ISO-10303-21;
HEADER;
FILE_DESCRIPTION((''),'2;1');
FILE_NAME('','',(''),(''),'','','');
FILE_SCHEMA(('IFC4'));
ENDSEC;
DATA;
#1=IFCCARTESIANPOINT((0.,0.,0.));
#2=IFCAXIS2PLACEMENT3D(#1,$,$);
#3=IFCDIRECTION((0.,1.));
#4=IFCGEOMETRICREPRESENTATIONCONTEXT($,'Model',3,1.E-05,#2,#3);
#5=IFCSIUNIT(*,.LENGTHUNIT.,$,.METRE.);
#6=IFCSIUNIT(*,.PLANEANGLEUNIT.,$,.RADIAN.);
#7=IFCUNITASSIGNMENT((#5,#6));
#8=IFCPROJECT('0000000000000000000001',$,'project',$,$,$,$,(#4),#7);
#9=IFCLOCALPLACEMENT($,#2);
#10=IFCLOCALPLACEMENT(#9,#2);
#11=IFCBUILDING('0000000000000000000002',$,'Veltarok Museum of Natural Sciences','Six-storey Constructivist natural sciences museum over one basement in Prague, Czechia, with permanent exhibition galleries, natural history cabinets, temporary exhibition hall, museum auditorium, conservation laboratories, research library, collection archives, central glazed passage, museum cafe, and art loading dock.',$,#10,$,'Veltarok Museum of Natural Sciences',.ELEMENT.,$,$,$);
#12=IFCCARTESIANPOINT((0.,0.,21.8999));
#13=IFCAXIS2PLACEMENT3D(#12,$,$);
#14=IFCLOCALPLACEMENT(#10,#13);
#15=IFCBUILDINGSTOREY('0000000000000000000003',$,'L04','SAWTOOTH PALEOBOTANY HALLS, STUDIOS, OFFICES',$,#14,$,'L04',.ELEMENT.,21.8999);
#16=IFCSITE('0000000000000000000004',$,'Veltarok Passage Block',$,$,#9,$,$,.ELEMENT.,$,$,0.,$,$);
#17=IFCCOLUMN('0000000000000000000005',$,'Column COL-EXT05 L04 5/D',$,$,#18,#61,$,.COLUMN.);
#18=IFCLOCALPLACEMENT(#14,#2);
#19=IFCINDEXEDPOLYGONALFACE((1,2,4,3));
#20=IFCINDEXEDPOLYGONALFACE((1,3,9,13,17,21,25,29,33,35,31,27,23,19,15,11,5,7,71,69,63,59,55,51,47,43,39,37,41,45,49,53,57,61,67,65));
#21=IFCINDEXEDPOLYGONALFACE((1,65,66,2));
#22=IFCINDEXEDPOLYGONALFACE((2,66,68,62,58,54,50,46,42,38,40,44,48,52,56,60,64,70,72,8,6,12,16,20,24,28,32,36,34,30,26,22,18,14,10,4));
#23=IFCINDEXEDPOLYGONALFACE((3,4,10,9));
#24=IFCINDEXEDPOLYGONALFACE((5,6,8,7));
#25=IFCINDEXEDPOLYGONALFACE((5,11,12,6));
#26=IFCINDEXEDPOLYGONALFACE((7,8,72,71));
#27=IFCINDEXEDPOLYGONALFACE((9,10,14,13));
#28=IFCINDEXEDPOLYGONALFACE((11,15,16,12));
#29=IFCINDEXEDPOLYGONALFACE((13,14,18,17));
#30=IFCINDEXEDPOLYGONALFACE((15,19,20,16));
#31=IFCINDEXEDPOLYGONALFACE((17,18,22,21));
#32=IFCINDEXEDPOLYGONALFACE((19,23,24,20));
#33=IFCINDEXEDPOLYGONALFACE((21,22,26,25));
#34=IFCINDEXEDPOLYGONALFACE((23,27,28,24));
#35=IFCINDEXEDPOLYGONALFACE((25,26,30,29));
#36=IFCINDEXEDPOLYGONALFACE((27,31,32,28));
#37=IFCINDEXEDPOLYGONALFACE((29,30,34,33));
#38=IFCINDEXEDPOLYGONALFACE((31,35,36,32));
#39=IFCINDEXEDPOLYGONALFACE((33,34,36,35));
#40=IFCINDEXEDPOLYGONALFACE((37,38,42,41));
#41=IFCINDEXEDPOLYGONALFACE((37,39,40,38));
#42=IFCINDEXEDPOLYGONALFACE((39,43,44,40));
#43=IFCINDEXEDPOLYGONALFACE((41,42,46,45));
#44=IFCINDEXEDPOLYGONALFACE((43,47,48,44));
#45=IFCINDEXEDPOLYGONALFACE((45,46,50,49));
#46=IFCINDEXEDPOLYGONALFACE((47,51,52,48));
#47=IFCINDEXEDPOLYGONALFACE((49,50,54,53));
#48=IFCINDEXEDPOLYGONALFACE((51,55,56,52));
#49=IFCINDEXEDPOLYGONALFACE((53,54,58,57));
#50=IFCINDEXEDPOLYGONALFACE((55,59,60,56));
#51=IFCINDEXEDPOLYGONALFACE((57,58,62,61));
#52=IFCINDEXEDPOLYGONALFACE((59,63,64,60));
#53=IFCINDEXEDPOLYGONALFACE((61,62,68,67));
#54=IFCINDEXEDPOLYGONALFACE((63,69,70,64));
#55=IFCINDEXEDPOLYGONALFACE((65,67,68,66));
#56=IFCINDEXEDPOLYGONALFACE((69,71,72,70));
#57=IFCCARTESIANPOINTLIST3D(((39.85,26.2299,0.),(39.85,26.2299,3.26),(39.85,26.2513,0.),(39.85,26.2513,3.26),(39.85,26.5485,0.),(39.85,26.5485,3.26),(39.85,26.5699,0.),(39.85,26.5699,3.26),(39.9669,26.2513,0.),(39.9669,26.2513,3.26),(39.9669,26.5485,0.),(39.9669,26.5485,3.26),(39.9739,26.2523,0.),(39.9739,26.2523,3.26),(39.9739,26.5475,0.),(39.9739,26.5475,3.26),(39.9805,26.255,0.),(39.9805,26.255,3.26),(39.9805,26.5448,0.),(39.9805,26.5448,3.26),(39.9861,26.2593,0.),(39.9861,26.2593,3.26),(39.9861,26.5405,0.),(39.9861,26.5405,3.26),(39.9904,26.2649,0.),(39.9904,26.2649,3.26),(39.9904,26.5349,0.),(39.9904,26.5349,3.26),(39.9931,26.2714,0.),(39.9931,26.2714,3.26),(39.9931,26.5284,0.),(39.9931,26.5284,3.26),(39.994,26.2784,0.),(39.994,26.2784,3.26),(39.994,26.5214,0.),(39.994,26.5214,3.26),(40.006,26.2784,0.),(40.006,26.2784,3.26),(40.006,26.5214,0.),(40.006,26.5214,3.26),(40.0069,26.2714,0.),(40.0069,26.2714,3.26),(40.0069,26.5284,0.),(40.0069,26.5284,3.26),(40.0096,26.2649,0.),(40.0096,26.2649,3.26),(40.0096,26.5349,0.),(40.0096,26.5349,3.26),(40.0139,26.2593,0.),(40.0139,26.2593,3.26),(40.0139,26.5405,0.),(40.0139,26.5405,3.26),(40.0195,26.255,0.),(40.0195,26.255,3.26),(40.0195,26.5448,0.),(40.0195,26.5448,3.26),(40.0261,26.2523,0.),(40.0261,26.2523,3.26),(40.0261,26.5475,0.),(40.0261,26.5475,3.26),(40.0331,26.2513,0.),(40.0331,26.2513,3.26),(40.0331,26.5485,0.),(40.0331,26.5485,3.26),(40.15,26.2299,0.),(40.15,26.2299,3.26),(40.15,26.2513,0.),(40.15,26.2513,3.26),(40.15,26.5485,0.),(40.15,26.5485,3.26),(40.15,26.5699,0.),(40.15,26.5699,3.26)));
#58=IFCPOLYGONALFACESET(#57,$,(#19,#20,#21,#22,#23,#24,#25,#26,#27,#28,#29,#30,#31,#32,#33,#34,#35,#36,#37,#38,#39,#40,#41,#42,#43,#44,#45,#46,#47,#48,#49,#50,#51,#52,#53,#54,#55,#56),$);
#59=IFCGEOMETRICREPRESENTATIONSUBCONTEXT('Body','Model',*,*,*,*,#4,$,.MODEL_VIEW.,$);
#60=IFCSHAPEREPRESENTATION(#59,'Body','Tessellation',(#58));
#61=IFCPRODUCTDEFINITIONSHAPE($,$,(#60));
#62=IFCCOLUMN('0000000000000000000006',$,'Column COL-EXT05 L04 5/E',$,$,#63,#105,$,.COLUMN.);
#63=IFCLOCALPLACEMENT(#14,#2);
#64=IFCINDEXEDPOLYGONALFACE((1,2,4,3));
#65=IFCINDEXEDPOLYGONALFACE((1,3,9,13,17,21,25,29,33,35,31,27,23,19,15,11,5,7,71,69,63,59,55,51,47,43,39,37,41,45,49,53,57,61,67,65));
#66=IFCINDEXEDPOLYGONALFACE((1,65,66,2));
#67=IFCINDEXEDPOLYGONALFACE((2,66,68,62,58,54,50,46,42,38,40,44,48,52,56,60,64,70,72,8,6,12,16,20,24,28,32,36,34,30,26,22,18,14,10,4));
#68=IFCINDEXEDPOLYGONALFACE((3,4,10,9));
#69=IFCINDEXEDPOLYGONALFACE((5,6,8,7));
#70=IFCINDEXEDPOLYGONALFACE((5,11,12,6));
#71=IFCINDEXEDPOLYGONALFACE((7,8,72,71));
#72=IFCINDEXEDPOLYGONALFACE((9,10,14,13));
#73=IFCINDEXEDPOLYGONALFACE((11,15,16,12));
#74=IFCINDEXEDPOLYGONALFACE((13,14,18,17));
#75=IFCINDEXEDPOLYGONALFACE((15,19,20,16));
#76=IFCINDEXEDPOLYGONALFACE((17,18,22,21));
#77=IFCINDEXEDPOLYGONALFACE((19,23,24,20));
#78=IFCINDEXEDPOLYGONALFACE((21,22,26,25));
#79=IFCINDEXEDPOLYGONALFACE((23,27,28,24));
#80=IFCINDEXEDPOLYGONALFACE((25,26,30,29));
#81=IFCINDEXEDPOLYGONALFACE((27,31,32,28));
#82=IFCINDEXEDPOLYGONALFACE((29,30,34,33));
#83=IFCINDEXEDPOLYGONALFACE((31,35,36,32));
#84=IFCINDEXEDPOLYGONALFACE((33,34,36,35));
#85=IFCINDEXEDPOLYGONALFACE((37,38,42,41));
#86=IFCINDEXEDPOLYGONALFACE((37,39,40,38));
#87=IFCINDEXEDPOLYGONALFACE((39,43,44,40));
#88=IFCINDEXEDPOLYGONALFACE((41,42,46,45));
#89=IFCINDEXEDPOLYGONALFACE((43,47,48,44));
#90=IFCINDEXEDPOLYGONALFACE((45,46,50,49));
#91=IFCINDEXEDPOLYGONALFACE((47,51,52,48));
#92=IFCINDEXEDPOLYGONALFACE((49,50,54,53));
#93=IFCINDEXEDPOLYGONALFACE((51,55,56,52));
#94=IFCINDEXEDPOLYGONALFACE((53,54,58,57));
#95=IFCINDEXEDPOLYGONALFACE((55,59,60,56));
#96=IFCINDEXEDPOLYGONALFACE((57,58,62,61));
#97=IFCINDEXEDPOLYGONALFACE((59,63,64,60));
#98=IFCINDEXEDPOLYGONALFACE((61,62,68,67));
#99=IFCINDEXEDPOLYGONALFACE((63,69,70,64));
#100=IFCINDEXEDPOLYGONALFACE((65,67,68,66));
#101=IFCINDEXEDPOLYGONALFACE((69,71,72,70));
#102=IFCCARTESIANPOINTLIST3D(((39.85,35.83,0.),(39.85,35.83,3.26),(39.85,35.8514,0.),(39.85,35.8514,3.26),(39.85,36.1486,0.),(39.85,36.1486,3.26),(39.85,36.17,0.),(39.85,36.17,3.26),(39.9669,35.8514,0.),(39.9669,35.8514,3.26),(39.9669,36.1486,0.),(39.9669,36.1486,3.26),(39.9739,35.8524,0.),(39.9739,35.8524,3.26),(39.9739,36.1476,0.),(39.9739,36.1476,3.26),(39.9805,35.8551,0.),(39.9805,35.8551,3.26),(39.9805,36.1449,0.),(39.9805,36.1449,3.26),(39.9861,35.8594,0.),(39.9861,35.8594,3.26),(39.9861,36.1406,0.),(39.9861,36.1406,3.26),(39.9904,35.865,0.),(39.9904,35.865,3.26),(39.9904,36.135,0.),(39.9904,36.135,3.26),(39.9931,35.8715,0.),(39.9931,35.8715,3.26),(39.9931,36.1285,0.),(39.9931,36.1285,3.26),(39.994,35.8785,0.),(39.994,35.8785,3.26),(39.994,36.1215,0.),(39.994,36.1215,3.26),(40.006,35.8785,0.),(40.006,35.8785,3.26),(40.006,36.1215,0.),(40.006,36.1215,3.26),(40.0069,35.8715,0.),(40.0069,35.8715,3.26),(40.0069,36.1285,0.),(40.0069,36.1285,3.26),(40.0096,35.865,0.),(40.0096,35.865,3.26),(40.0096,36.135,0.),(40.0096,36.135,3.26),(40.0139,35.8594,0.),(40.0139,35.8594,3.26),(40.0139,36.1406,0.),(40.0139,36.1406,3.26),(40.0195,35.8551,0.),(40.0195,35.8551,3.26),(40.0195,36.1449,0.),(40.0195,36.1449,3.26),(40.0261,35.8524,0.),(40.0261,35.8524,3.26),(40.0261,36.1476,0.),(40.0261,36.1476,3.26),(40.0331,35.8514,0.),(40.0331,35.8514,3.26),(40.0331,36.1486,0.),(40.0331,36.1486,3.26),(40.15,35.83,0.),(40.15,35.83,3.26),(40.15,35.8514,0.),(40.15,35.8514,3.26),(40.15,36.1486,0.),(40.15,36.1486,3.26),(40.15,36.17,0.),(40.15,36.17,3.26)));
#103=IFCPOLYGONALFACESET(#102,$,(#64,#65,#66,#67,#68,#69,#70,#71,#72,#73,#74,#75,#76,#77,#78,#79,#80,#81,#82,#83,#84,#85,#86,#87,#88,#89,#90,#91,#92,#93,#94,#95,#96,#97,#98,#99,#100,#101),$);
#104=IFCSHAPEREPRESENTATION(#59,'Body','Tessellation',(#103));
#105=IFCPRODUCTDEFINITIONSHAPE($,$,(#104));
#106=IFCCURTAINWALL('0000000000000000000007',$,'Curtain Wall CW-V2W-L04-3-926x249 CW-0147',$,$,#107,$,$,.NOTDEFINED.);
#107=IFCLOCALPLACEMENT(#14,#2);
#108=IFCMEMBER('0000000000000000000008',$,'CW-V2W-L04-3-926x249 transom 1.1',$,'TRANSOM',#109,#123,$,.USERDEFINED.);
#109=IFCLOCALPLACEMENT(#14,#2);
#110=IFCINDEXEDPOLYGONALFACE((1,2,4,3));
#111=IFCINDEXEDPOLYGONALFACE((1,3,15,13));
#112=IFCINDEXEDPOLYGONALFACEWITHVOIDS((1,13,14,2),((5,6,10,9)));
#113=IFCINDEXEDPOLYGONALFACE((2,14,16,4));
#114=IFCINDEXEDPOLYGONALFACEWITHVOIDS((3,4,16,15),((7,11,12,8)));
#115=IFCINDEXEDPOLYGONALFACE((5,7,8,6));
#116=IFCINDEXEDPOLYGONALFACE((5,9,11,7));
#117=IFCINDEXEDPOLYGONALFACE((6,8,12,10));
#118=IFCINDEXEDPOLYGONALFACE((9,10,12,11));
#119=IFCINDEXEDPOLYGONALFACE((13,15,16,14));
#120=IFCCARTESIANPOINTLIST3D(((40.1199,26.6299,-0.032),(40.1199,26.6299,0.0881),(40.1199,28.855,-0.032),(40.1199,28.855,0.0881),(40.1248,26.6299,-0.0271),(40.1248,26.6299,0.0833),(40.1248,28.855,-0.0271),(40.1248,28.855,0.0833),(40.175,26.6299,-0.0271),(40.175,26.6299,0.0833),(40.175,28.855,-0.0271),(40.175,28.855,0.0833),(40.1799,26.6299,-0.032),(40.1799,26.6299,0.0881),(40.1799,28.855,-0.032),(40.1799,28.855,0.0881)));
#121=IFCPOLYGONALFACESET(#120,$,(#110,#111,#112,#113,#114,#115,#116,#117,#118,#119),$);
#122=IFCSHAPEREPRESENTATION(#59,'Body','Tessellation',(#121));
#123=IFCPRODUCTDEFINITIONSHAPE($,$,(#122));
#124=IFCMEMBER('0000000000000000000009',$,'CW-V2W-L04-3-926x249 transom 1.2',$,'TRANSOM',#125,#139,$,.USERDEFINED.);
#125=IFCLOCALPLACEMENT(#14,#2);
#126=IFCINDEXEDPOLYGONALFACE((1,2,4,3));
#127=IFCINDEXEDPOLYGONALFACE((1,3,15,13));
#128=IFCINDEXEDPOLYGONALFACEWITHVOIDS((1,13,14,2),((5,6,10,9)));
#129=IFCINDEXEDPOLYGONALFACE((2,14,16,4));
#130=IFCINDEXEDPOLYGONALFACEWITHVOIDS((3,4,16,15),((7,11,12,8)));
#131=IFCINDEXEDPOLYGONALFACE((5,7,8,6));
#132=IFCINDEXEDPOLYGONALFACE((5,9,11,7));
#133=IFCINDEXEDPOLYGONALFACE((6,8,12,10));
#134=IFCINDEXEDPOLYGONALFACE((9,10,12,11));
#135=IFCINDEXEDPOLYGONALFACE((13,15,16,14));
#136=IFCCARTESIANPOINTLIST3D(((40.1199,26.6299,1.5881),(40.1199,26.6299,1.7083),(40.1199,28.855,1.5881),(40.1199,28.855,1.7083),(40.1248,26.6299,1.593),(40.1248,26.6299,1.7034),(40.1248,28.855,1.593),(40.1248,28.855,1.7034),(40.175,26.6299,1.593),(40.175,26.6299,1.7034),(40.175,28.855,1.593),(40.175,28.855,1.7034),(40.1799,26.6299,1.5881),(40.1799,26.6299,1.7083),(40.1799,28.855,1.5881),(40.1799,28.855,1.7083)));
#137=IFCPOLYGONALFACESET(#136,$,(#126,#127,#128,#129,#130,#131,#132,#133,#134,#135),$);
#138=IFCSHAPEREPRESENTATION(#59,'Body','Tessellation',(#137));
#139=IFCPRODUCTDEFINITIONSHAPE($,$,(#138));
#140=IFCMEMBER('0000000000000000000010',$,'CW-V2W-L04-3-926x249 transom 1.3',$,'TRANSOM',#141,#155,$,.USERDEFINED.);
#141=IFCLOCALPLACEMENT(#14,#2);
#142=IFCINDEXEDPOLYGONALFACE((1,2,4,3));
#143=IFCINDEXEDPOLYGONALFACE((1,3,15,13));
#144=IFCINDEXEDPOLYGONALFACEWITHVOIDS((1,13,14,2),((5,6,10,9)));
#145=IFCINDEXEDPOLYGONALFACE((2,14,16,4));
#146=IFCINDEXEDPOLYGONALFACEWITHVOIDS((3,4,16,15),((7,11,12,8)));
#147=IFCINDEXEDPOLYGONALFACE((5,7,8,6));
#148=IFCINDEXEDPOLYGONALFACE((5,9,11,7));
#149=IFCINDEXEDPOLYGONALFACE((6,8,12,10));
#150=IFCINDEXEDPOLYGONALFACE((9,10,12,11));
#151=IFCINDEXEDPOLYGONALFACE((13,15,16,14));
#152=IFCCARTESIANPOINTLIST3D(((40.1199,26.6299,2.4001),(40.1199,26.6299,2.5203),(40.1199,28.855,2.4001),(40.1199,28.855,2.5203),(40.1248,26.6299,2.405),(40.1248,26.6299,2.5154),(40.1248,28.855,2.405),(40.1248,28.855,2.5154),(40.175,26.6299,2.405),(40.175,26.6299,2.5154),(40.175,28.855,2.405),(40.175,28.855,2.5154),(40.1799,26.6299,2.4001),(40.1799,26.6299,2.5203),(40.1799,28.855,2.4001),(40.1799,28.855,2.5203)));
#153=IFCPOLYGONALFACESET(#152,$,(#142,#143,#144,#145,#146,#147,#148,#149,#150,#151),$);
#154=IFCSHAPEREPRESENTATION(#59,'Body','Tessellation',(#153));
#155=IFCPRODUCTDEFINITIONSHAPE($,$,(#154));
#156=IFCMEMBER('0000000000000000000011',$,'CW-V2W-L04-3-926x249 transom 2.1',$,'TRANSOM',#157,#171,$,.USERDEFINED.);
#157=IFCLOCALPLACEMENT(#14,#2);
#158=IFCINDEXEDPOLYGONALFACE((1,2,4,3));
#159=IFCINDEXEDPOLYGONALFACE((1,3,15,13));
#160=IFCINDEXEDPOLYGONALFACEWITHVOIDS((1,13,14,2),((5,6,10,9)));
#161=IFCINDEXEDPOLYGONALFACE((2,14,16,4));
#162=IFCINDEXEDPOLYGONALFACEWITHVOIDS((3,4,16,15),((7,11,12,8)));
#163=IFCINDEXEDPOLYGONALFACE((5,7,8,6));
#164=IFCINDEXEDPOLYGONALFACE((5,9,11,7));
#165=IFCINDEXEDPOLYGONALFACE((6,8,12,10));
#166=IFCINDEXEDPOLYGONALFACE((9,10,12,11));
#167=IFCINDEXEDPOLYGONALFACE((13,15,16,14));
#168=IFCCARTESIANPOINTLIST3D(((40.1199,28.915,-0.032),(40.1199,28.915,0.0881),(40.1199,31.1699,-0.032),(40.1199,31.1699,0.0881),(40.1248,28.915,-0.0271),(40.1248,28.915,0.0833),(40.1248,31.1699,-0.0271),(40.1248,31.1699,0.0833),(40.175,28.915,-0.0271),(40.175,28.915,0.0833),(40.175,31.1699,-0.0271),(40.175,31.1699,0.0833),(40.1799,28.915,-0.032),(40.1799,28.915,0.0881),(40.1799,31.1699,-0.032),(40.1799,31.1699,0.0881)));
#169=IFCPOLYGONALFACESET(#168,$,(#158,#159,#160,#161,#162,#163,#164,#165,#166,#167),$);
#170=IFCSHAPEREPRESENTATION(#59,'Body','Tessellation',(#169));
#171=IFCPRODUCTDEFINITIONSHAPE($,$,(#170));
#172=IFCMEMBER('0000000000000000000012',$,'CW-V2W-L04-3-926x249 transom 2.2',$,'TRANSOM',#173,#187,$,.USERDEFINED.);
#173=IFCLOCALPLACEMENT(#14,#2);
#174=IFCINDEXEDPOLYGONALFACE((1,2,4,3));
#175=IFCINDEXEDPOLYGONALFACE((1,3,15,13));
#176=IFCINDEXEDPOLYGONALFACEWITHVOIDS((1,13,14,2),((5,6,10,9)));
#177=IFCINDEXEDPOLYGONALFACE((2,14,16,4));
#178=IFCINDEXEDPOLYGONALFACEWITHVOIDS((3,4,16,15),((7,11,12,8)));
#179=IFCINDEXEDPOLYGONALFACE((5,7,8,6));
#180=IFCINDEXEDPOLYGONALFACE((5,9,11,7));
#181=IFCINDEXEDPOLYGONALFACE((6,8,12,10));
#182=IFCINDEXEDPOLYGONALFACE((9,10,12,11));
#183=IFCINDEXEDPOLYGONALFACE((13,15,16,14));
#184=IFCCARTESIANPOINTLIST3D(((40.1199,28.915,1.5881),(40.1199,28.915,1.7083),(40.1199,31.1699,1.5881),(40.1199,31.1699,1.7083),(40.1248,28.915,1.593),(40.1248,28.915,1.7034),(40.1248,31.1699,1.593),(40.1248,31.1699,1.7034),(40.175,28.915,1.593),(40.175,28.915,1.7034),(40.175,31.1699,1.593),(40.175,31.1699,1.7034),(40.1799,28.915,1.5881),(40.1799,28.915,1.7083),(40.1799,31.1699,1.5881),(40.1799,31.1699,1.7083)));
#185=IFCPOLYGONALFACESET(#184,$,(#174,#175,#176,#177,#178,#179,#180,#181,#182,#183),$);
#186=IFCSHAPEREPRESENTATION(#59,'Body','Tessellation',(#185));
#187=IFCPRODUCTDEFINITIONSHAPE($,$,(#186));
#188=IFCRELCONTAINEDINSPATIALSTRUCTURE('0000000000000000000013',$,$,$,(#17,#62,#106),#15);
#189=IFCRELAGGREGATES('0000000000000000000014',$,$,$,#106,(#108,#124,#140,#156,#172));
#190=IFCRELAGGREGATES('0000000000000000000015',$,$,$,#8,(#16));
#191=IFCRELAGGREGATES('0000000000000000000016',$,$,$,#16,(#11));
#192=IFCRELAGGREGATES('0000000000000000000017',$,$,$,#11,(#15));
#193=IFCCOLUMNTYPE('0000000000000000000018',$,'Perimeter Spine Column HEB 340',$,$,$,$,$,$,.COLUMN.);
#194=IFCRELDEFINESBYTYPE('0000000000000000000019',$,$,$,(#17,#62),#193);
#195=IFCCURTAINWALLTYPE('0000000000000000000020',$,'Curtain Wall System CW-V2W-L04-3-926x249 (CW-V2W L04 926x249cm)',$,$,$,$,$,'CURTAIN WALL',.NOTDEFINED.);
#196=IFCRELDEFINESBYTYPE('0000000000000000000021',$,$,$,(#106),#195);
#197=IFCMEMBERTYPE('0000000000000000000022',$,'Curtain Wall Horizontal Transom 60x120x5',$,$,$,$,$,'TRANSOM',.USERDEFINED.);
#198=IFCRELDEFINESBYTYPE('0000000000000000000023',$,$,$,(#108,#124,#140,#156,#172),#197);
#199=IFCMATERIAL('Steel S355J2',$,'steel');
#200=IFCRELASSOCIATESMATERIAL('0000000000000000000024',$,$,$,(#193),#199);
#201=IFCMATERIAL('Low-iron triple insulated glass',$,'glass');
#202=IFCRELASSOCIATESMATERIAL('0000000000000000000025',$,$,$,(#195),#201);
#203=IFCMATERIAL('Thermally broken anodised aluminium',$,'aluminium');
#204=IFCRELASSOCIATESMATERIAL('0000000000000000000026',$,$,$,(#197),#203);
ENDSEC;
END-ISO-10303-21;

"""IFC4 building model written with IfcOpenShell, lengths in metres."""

from ifc_helpers import new_model, si_unit, direction, frame, origin, origin_2d, place, context, subcontext, project, spatial, hollow_rectangle, i_section, extrude, material, material_profile, profile_set, type_object, element, aggregate, save


model = new_model("IFC4")

# Units and contexts
model_context = context("Model", 3, precision=1e-05, world=origin(), true_north=direction((0.0, 1.0)))
body_context = subcontext(model_context, "Body", "Model", "MODEL_VIEW")
ifc_project = project(units=[si_unit("LENGTHUNIT", "METRE"), si_unit("PLANEANGLEUNIT", "RADIAN")], contexts=[model_context])

# Site, building, storey
site_placement = place(None, origin())
site = spatial("IfcSite", under=ifc_project, at=site_placement, Name="Veltarok Passage Block", CompositionType="ELEMENT", RefElevation=0.0)
building_placement = place(site_placement, origin())
building = spatial("IfcBuilding", under=site, at=building_placement, Name="Veltarok Museum of Natural Sciences", Description="Six-storey Constructivist natural sciences museum over one basement in Prague, Czechia, with permanent exhibition galleries, natural history cabinets, temporary exhibition hall, museum auditorium, conservation laboratories, research library, collection archives, central glazed passage, museum cafe, and art loading dock.", LongName="Veltarok Museum of Natural Sciences", CompositionType="ELEMENT")
storey_placement = place(building_placement, frame((0.0, 0.0, 21.8999)))
storey = spatial("IfcBuildingStorey", under=building, at=storey_placement, Name="L04", Description="SAWTOOTH PALEOBOTANY HALLS, STUDIOS, OFFICES", LongName="L04", CompositionType="ELEMENT", Elevation=21.8999)

# Columns
ifc_material_1 = material(Name="Steel S355J2", Category="steel")
ifc_material_profile_1 = material_profile(ifc_material_1, i_section(OverallWidth=0.3, OverallDepth=0.3401, WebThickness=0.012, FlangeThickness=0.0215, FilletRadius=0.0271, at=origin_2d()), Name="HEB 340")
ifc_profile_set_1 = profile_set([ifc_material_profile_1], Name="Steel S355J2")
column_type = type_object("IfcColumnType", Name="Perimeter Spine Column HEB 340", PredefinedType="COLUMN", material=ifc_profile_set_1)
for number, where, z_axis, x_axis, name in (
    (1, (40.0, 26.3999, 0.0), (0.0, 0.0, 1.0), (1.0, 0.0, 0.0), "Column COL-EXT05 L04 5/D"),
    (2, (40.0, 36.0, 0.0), (0.0, 0.0, 1.0), (1.0, 0.0, 0.0), "Column COL-EXT05 L04 5/E"),
):
    element("IfcColumn", number, at=place(storey_placement, frame(where, z_axis=z_axis, x_axis=x_axis)), inside=storey, type_object=column_type, Name=name, PredefinedType="COLUMN", context=body_context, shape_type="SweptSolid", body=[
        extrude(i_section(OverallWidth=0.3, OverallDepth=0.3401, WebThickness=0.012, FlangeThickness=0.0215, FilletRadius=0.0271, at=origin_2d()), origin(), (0.0, 0.0, 1.0), 3.26),
    ])

# Curtain wall, members
ifc_material_2 = material(Name="Low-iron triple insulated glass", Category="glass")
curtain_wall_type = type_object("IfcCurtainWallType", Name="Curtain Wall System CW-V2W-L04-3-926x249 (CW-V2W L04 926x249cm)", ElementType="CURTAIN WALL", PredefinedType="NOTDEFINED", material=ifc_material_2)
curtain_wall_placement = place(storey_placement, origin())
curtain_wall = element("IfcCurtainWall", 3, at=curtain_wall_placement, inside=storey, type_object=curtain_wall_type, Name="Curtain Wall CW-V2W-L04-3-926x249 CW-0147", PredefinedType="NOTDEFINED")
ifc_material_3 = material(Name="Thermally broken anodised aluminium", Category="aluminium")
ifc_material_profile_2 = material_profile(ifc_material_3, hollow_rectangle(XDim=0.0601, YDim=0.1201, WallThickness=0.0049, at=origin_2d()), Name="CW TRANSOM 60x120x5")
ifc_profile_set_2 = profile_set([ifc_material_profile_2], Name="Thermally broken anodised aluminium")
member_type_1 = type_object("IfcMemberType", Name="Curtain Wall Horizontal Transom 60x120x5", ElementType="TRANSOM", PredefinedType="USERDEFINED", material=ifc_profile_set_2)
member_1_placement = place(storey_placement, frame((40.1499, 26.6299, 0.0281), z_axis=(0.0, 1.0, 0.0), x_axis=(-1.0, 0.0, 0.0)))
member_1 = element("IfcMember", 4, at=member_1_placement, type_object=member_type_1, Name="CW-V2W-L04-3-926x249 transom 1.1", ObjectType="TRANSOM", PredefinedType="USERDEFINED", context=body_context, shape_type="SweptSolid", body=[
    extrude(hollow_rectangle(XDim=0.0601, YDim=0.1201, WallThickness=0.0049, at=origin_2d()), origin(), (0.0, 0.0, 1.0), 2.2251),
])
member_2_placement = place(storey_placement, frame((40.1499, 26.6299, 1.6482), z_axis=(0.0, 1.0, 0.0), x_axis=(-1.0, 0.0, 0.0)))
member_2 = element("IfcMember", 5, at=member_2_placement, type_object=member_type_1, Name="CW-V2W-L04-3-926x249 transom 1.2", ObjectType="TRANSOM", PredefinedType="USERDEFINED", context=body_context, shape_type="SweptSolid", body=[
    extrude(hollow_rectangle(XDim=0.0601, YDim=0.1201, WallThickness=0.0049, at=origin_2d()), origin(), (0.0, 0.0, 1.0), 2.2251),
])
member_3_placement = place(storey_placement, frame((40.1499, 26.6299, 2.4602), z_axis=(0.0, 1.0, 0.0), x_axis=(-1.0, 0.0, 0.0)))
member_3 = element("IfcMember", 6, at=member_3_placement, type_object=member_type_1, Name="CW-V2W-L04-3-926x249 transom 1.3", ObjectType="TRANSOM", PredefinedType="USERDEFINED", context=body_context, shape_type="SweptSolid", body=[
    extrude(hollow_rectangle(XDim=0.0601, YDim=0.1201, WallThickness=0.0049, at=origin_2d()), origin(), (0.0, 0.0, 1.0), 2.2251),
])
member_4_placement = place(storey_placement, frame((40.1499, 28.915, 0.0281), z_axis=(0.0, 1.0, 0.0), x_axis=(-1.0, 0.0, 0.0)))
member_4 = element("IfcMember", 7, at=member_4_placement, type_object=member_type_1, Name="CW-V2W-L04-3-926x249 transom 2.1", ObjectType="TRANSOM", PredefinedType="USERDEFINED", context=body_context, shape_type="SweptSolid", body=[
    extrude(hollow_rectangle(XDim=0.0601, YDim=0.1201, WallThickness=0.0049, at=origin_2d()), origin(), (0.0, 0.0, 1.0), 2.2549),
])
member_5_placement = place(storey_placement, frame((40.1499, 28.915, 1.6482), z_axis=(0.0, 1.0, 0.0), x_axis=(-1.0, 0.0, 0.0)))
member_5 = element("IfcMember", 8, at=member_5_placement, type_object=member_type_1, Name="CW-V2W-L04-3-926x249 transom 2.2", ObjectType="TRANSOM", PredefinedType="USERDEFINED", context=body_context, shape_type="SweptSolid", body=[
    extrude(hollow_rectangle(XDim=0.0601, YDim=0.1201, WallThickness=0.0049, at=origin_2d()), origin(), (0.0, 0.0, 1.0), 2.2549),
])

aggregate(curtain_wall, [member_1, member_2, member_3, member_4, member_5])

save(model, "model.ifc")
